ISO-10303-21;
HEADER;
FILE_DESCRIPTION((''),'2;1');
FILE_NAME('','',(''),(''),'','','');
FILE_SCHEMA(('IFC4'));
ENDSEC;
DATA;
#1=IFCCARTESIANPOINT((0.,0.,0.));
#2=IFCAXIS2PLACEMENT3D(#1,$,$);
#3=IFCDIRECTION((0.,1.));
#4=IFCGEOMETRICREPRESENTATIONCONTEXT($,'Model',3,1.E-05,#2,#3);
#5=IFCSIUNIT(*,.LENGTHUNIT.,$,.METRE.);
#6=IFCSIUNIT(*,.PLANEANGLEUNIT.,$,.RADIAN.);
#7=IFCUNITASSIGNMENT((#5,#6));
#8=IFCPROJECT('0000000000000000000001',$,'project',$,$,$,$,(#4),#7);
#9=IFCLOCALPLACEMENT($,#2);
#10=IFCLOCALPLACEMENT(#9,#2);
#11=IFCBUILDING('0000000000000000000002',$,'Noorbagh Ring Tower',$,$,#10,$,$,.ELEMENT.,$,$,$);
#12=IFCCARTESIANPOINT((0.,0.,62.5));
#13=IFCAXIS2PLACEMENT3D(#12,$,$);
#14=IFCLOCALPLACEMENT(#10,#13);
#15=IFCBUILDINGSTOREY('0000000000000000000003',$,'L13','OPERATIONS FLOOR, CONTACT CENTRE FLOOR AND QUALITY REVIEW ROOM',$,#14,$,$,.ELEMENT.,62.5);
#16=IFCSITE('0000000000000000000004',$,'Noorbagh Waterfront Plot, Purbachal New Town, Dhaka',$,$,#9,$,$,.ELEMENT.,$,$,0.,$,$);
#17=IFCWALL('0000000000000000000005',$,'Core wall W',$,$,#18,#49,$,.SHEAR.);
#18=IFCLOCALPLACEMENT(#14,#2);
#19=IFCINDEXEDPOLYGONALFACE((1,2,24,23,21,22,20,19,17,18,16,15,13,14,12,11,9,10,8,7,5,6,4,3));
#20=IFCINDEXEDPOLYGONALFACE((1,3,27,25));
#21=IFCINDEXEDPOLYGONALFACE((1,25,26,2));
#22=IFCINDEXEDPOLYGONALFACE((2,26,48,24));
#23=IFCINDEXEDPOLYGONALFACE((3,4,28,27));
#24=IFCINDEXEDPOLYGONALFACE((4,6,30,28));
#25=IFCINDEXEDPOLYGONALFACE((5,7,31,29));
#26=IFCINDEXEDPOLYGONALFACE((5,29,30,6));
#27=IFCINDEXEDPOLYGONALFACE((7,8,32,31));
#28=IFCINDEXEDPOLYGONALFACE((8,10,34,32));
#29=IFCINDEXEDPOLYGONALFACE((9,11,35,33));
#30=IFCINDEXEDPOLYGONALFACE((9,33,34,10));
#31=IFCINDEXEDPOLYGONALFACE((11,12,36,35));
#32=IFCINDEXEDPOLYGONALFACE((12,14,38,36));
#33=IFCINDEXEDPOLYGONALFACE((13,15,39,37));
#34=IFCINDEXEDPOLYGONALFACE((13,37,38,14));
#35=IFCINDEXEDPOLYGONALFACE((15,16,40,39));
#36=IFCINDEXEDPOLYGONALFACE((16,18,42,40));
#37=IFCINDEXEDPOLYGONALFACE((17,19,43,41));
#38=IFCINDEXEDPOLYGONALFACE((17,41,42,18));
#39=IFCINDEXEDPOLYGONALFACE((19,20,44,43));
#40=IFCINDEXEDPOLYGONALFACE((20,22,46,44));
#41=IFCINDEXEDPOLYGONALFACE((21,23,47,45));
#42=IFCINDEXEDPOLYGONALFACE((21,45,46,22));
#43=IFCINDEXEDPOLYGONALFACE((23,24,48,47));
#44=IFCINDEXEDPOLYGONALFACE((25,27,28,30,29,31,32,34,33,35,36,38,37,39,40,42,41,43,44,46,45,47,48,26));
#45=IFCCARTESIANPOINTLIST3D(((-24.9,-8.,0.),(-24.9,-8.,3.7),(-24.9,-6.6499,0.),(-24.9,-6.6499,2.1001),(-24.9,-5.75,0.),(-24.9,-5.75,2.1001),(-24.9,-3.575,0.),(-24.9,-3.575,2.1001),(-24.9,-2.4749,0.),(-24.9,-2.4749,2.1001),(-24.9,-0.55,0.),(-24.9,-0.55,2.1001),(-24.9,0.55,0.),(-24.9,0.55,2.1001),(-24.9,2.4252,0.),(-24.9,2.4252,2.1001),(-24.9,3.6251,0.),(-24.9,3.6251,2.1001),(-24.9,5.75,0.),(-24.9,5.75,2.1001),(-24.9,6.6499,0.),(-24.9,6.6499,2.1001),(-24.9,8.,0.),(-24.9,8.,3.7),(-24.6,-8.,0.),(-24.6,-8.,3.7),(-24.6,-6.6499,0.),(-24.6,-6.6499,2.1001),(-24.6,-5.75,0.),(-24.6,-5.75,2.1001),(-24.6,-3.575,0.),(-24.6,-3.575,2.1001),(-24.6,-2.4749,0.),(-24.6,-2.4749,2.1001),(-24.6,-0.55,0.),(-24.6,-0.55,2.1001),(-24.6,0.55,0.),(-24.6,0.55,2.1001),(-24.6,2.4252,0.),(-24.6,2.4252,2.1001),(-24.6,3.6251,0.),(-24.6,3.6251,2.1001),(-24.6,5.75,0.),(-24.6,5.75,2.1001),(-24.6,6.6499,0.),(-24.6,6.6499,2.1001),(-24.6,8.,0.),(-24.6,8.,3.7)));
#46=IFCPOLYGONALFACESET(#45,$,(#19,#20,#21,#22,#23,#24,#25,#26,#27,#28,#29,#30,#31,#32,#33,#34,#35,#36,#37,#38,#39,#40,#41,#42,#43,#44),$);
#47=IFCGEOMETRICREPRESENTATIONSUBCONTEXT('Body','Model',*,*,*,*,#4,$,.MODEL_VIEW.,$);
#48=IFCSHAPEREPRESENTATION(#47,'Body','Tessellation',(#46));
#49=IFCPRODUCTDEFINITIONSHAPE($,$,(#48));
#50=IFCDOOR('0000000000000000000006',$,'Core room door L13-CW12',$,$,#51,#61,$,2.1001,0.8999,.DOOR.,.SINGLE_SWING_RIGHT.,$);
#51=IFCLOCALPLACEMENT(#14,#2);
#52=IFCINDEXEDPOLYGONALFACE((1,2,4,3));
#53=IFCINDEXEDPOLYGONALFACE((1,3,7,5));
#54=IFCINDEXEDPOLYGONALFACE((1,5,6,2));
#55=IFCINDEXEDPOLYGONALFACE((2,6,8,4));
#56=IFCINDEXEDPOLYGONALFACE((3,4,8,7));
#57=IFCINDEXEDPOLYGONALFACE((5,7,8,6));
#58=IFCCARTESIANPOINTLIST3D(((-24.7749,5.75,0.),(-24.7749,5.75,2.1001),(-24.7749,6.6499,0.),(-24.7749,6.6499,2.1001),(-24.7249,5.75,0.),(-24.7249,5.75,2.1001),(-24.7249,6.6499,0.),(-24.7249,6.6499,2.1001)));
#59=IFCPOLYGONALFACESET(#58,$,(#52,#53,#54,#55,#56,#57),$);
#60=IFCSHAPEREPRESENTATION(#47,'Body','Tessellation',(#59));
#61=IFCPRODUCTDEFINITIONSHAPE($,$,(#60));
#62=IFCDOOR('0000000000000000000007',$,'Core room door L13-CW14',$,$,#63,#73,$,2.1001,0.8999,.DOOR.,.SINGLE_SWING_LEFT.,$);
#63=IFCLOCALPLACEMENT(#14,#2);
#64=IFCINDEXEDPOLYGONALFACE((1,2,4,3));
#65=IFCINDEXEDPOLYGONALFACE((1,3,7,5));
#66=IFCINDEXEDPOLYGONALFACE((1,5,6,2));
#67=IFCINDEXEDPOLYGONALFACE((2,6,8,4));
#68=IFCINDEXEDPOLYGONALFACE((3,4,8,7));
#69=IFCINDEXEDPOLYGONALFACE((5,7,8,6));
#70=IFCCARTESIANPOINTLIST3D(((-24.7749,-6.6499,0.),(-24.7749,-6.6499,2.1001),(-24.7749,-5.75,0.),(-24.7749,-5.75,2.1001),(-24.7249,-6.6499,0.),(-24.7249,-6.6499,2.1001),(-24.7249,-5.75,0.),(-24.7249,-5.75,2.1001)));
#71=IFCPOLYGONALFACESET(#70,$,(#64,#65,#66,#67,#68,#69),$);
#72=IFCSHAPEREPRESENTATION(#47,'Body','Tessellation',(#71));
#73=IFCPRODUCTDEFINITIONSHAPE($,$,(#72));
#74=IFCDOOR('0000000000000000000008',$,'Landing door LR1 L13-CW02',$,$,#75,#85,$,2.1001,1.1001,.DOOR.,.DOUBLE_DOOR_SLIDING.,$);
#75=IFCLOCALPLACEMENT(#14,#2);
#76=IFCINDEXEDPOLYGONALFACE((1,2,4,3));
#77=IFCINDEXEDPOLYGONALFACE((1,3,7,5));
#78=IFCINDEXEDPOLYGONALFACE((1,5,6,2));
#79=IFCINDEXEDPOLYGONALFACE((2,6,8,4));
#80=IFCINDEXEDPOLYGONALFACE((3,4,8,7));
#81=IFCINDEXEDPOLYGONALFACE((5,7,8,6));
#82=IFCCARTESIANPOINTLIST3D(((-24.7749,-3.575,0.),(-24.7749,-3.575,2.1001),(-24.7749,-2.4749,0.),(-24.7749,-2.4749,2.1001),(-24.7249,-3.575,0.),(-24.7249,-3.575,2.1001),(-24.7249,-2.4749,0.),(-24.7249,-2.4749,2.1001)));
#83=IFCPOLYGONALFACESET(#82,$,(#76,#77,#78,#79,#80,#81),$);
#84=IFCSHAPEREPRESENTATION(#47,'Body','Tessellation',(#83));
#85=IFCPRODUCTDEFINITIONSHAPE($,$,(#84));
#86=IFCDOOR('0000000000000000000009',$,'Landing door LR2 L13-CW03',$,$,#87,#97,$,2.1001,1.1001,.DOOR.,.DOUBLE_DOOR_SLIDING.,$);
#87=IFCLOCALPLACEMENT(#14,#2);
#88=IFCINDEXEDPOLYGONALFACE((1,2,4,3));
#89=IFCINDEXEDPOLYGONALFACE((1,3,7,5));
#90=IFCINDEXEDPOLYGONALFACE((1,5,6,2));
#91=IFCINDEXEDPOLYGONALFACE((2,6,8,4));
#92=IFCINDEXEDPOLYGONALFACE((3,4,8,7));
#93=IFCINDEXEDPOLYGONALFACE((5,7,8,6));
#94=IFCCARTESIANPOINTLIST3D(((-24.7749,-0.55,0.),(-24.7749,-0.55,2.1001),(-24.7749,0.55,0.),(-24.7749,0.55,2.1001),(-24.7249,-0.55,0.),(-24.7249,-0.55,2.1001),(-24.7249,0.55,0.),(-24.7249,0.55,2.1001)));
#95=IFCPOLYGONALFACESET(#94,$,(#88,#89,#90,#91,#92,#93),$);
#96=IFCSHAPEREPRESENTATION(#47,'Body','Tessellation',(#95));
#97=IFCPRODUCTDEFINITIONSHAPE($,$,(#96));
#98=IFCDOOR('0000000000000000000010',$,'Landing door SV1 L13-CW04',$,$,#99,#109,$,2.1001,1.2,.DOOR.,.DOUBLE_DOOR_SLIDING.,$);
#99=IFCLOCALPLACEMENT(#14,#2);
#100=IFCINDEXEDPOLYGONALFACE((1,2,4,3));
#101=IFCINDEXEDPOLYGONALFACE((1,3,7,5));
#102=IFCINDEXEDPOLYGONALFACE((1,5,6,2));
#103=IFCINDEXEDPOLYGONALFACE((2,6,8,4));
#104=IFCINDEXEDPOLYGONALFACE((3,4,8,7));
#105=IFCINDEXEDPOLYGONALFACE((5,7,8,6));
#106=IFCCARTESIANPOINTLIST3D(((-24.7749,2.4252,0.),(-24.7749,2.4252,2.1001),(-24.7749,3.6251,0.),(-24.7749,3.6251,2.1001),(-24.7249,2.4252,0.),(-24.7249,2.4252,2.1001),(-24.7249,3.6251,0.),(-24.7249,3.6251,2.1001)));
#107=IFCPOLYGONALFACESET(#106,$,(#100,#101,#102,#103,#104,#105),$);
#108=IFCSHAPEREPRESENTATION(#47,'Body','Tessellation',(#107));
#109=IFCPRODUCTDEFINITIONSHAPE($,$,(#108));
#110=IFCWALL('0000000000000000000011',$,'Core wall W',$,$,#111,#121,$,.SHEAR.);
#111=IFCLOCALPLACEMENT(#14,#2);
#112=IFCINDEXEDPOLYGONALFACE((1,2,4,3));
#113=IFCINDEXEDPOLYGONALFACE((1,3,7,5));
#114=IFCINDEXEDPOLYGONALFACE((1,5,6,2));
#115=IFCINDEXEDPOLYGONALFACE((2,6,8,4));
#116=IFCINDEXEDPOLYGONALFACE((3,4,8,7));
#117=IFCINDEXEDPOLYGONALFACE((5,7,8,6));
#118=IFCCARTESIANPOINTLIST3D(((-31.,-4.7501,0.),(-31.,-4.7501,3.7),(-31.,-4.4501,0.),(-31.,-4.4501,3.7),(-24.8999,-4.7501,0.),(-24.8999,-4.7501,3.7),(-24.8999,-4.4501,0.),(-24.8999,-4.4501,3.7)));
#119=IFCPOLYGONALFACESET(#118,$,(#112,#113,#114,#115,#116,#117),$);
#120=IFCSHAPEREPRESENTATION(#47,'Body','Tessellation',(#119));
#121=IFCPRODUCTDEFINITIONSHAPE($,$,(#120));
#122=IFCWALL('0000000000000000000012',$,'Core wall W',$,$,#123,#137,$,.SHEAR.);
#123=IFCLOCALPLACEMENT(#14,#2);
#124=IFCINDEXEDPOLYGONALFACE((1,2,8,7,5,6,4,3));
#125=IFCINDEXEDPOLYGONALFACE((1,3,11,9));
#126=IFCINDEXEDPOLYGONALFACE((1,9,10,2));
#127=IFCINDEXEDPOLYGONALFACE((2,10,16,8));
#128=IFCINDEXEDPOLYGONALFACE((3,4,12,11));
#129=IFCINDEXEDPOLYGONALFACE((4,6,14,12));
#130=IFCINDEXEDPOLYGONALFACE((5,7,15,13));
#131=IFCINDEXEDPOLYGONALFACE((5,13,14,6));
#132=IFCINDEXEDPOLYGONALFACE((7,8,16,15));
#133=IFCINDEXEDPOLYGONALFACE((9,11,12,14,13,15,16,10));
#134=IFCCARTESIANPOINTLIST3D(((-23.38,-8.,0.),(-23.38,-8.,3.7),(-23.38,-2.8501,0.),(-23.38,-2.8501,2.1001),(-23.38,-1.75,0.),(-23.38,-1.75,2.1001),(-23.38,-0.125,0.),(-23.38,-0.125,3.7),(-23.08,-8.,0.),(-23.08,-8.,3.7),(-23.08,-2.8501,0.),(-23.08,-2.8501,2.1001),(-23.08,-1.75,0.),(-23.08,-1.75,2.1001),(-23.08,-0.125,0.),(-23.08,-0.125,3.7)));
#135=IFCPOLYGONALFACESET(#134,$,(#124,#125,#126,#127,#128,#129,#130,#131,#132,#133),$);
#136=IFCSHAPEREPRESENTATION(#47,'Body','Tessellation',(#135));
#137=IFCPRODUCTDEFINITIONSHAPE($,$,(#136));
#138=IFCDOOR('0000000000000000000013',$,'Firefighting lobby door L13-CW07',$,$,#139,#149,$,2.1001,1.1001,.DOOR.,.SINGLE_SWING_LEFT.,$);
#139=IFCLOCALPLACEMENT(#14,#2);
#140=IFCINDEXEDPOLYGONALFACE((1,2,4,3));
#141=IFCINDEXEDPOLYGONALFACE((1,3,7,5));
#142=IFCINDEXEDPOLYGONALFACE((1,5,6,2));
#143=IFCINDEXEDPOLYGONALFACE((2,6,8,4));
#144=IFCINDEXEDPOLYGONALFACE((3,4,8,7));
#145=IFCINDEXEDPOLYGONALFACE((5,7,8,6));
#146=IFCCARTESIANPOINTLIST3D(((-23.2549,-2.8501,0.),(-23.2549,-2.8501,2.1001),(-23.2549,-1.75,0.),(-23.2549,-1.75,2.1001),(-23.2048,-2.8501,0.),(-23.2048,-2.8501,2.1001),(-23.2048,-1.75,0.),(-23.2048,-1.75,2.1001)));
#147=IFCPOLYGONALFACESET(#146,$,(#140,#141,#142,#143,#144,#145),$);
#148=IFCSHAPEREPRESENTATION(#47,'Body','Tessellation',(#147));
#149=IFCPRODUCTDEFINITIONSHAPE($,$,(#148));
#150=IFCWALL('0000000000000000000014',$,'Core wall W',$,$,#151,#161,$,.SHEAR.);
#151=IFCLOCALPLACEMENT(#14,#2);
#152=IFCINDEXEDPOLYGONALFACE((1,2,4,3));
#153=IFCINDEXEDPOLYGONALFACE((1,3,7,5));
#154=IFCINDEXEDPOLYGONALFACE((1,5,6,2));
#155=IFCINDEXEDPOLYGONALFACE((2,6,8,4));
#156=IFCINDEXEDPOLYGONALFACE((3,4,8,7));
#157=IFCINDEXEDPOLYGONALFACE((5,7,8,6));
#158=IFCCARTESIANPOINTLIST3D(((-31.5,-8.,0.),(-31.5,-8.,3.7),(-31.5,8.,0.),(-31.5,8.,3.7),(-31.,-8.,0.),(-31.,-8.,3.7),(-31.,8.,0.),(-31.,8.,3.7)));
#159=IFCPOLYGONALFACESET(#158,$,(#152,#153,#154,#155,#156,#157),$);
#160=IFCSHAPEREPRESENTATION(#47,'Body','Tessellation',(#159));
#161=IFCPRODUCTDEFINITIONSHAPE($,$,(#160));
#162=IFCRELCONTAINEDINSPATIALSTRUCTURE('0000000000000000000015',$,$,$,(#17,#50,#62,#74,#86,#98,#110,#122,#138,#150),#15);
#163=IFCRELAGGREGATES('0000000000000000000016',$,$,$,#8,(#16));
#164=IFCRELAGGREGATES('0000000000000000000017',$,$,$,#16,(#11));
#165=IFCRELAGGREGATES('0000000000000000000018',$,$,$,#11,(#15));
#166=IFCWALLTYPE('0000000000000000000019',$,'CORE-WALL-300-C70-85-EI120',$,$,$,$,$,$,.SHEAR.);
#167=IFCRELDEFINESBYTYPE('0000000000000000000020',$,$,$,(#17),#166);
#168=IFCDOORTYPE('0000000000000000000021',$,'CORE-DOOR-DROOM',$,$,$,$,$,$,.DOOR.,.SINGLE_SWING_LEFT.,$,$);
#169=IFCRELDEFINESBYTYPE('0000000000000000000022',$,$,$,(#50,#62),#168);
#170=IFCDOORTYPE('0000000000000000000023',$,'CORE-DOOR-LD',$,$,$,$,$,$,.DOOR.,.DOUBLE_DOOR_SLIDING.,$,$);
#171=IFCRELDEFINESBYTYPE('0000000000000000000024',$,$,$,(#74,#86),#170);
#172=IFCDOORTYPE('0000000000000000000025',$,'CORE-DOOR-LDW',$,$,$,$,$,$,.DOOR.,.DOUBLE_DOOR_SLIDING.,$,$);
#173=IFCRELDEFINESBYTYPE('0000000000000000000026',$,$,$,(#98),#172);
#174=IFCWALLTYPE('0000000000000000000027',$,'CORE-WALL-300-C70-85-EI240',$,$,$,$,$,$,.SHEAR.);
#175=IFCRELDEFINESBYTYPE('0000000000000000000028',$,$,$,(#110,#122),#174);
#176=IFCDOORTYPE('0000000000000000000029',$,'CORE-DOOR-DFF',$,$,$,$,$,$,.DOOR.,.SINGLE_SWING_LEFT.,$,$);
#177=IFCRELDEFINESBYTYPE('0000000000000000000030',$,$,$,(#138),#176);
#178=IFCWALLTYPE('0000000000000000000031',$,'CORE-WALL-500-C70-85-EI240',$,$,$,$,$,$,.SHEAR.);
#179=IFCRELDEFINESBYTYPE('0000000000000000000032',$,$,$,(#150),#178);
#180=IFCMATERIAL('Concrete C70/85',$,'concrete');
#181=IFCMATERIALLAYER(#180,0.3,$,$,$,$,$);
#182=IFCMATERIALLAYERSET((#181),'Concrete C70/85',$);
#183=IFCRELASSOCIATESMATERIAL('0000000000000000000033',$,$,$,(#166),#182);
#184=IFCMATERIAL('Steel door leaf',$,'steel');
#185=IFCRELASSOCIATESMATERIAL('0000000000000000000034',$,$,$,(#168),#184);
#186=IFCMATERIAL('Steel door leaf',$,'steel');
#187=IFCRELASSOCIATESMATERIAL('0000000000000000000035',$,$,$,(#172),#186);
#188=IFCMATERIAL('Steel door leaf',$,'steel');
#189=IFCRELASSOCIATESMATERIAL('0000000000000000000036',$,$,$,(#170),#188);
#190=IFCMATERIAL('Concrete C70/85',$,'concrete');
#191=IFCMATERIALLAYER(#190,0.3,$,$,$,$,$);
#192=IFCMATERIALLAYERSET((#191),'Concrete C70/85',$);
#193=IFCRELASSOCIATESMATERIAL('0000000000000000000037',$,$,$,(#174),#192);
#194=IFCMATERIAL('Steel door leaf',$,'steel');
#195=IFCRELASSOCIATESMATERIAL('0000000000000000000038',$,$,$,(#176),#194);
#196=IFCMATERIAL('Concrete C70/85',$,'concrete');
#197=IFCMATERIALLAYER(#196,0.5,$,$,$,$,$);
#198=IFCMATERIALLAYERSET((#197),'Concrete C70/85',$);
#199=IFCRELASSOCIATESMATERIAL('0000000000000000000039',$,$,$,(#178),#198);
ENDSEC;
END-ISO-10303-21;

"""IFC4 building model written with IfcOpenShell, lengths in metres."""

from ifc_helpers import new_model, si_unit, direction, frame, frame_2d, origin, place, context, subcontext, project, spatial, rectangle, extrude, material, layer, layer_set, type_object, element, fill, save


model = new_model("IFC4")

# Units and contexts
model_context = context("Model", 3, precision=1e-05, world=origin(), true_north=direction((0.0, 1.0)))
body_context = subcontext(model_context, "Body", "Model", "MODEL_VIEW")
ifc_project = project(units=[si_unit("LENGTHUNIT", "METRE"), si_unit("PLANEANGLEUNIT", "RADIAN")], contexts=[model_context])

# Site, building, storey
site_placement = place(None, origin())
site = spatial("IfcSite", under=ifc_project, at=site_placement, Name="Noorbagh Waterfront Plot, Purbachal New Town, Dhaka", CompositionType="ELEMENT", RefElevation=0.0)
building_placement = place(site_placement, origin())
building = spatial("IfcBuilding", under=site, at=building_placement, Name="Noorbagh Ring Tower", CompositionType="ELEMENT")
storey_placement = place(building_placement, frame((0.0, 0.0, 62.5)))
storey = spatial("IfcBuildingStorey", under=building, at=storey_placement, Name="L13", Description="OPERATIONS FLOOR, CONTACT CENTRE FLOOR AND QUALITY REVIEW ROOM", CompositionType="ELEMENT", Elevation=62.5)

# Shared definitions
ifc_material_1 = material(Name="Concrete C70/85", Category="concrete")
ifc_layer_1 = layer(ifc_material_1, 0.3)
ifc_layer_set_1 = layer_set([ifc_layer_1], Name="Concrete C70/85")
wall_type_1 = type_object("IfcWallType", Name="CORE-WALL-300-C70-85-EI120", PredefinedType="SHEAR", material=ifc_layer_set_1)

# Wall, openings, doors
ifc_material_2 = material(Name="Steel door leaf", Category="steel")
door_type_1 = type_object("IfcDoorType", Name="CORE-DOOR-DROOM", OperationType="SINGLE_SWING_LEFT", PredefinedType="DOOR", material=ifc_material_2)
ifc_material_3 = material(Name="Steel door leaf", Category="steel")
door_type_2 = type_object("IfcDoorType", Name="CORE-DOOR-LDW", OperationType="DOUBLE_DOOR_SLIDING", PredefinedType="DOOR", material=ifc_material_3)
wall_1_placement = place(storey_placement, frame((-24.75, -8.0, 0.0), z_axis=(0.0, 0.0, 1.0), x_axis=(0.0, 1.0, 0.0)))
wall_1 = element("IfcWall", 1, at=wall_1_placement, inside=storey, type_object=wall_type_1, Name="Core wall W", PredefinedType="SHEAR", context=body_context, shape_type="SweptSolid", body=[
    extrude(rectangle(XDim=16.0, YDim=0.3, at=frame_2d((8.0, 0.0))), origin(), (0.0, 0.0, 1.0), 3.7),
])
opening_1_placement = place(wall_1_placement, frame((4.425, 0.0, 0.0)))
opening_1 = element("IfcOpeningElement", 2, at=opening_1_placement, cuts=wall_1, PredefinedType="OPENING", context=body_context, shape_type="SweptSolid", body=[
    extrude(rectangle(XDim=1.1001, YDim=2.1001, at=frame_2d((0.55, 1.05))), frame((0.0, 0.1602, 0.0), z_axis=(0.0, -1.0, 0.0), x_axis=(1.0, 0.0, 0.0)), (0.0, 0.0, 1.0), 0.3201),
])
opening_2_placement = place(wall_1_placement, frame((7.45, 0.0, 0.0)))
opening_2 = element("IfcOpeningElement", 3, at=opening_2_placement, cuts=wall_1, PredefinedType="OPENING", context=body_context, shape_type="SweptSolid", body=[
    extrude(rectangle(XDim=1.1001, YDim=2.1001, at=frame_2d((0.55, 1.05))), frame((0.0, 0.1602, 0.0), z_axis=(0.0, -1.0, 0.0), x_axis=(1.0, 0.0, 0.0)), (0.0, 0.0, 1.0), 0.3201),
])
opening_3_placement = place(wall_1_placement, frame((10.425, 0.0, 0.0)))
opening_3 = element("IfcOpeningElement", 4, at=opening_3_placement, cuts=wall_1, PredefinedType="OPENING", context=body_context, shape_type="SweptSolid", body=[
    extrude(rectangle(XDim=1.2, YDim=2.1001, at=frame_2d((0.6001, 1.05))), frame((0.0, 0.1602, 0.0), z_axis=(0.0, -1.0, 0.0), x_axis=(1.0, 0.0, 0.0)), (0.0, 0.0, 1.0), 0.3201),
])
opening_4_placement = place(wall_1_placement, frame((13.75, 0.0, 0.0)))
opening_4 = element("IfcOpeningElement", 5, at=opening_4_placement, cuts=wall_1, PredefinedType="OPENING", context=body_context, shape_type="SweptSolid", body=[
    extrude(rectangle(XDim=0.8999, YDim=2.1001, at=frame_2d((0.45, 1.05))), frame((0.0, 0.1602, 0.0), z_axis=(0.0, -1.0, 0.0), x_axis=(1.0, 0.0, 0.0)), (0.0, 0.0, 1.0), 0.3201),
])
opening_5_placement = place(wall_1_placement, frame((1.3501, 0.0, 0.0)))
opening_5 = element("IfcOpeningElement", 6, at=opening_5_placement, cuts=wall_1, PredefinedType="OPENING", context=body_context, shape_type="SweptSolid", body=[
    extrude(rectangle(XDim=0.8999, YDim=2.1001, at=frame_2d((0.45, 1.05))), frame((0.0, 0.1602, 0.0), z_axis=(0.0, -1.0, 0.0), x_axis=(1.0, 0.0, 0.0)), (0.0, 0.0, 1.0), 0.3201),
])
door_1_placement = place(opening_4_placement, origin())
door_1 = element("IfcDoor", 7, at=door_1_placement, inside=storey, type_object=door_type_1, Name="Core room door L13-CW12", OperationType="SINGLE_SWING_RIGHT", OverallHeight=2.1001, OverallWidth=0.8999, PredefinedType="DOOR", context=body_context, shape_type="SweptSolid", body=[
    extrude(rectangle(XDim=0.8999, YDim=2.1001, at=frame_2d((0.45, 1.05))), frame((0.0, 0.0249, 0.0), z_axis=(0.0, -1.0, 0.0), x_axis=(1.0, 0.0, 0.0)), (0.0, 0.0, 1.0), 0.05),
])
fill(opening_4, door_1)
door_2_placement = place(opening_5_placement, origin())
door_2 = element("IfcDoor", 8, at=door_2_placement, inside=storey, type_object=door_type_1, Name="Core room door L13-CW14", OperationType="SINGLE_SWING_LEFT", OverallHeight=2.1001, OverallWidth=0.8999, PredefinedType="DOOR", context=body_context, shape_type="SweptSolid", body=[
    extrude(rectangle(XDim=0.8999, YDim=2.1001, at=frame_2d((0.45, 1.05))), frame((0.0, 0.0249, 0.0), z_axis=(0.0, -1.0, 0.0), x_axis=(1.0, 0.0, 0.0)), (0.0, 0.0, 1.0), 0.05),
])
fill(opening_5, door_2)
ifc_material_4 = material(Name="Steel door leaf", Category="steel")
door_type_3 = type_object("IfcDoorType", Name="CORE-DOOR-LD", OperationType="DOUBLE_DOOR_SLIDING", PredefinedType="DOOR", material=ifc_material_4)
door_3_placement = place(opening_1_placement, origin())
door_3 = element("IfcDoor", 9, at=door_3_placement, inside=storey, type_object=door_type_3, Name="Landing door LR1 L13-CW02", OperationType="DOUBLE_DOOR_SLIDING", OverallHeight=2.1001, OverallWidth=1.1001, PredefinedType="DOOR", context=body_context, shape_type="SweptSolid", body=[
    extrude(rectangle(XDim=1.1001, YDim=2.1001, at=frame_2d((0.55, 1.05))), frame((0.0, 0.0249, 0.0), z_axis=(0.0, -1.0, 0.0), x_axis=(1.0, 0.0, 0.0)), (0.0, 0.0, 1.0), 0.05),
])
fill(opening_1, door_3)
door_4_placement = place(opening_2_placement, origin())
door_4 = element("IfcDoor", 10, at=door_4_placement, inside=storey, type_object=door_type_3, Name="Landing door LR2 L13-CW03", OperationType="DOUBLE_DOOR_SLIDING", OverallHeight=2.1001, OverallWidth=1.1001, PredefinedType="DOOR", context=body_context, shape_type="SweptSolid", body=[
    extrude(rectangle(XDim=1.1001, YDim=2.1001, at=frame_2d((0.55, 1.05))), frame((0.0, 0.0249, 0.0), z_axis=(0.0, -1.0, 0.0), x_axis=(1.0, 0.0, 0.0)), (0.0, 0.0, 1.0), 0.05),
])
fill(opening_2, door_4)
door_5_placement = place(opening_3_placement, origin())
door_5 = element("IfcDoor", 11, at=door_5_placement, inside=storey, type_object=door_type_2, Name="Landing door SV1 L13-CW04", OperationType="DOUBLE_DOOR_SLIDING", OverallHeight=2.1001, OverallWidth=1.2, PredefinedType="DOOR", context=body_context, shape_type="SweptSolid", body=[
    extrude(rectangle(XDim=1.2, YDim=2.1001, at=frame_2d((0.6001, 1.05))), frame((0.0, 0.0249, 0.0), z_axis=(0.0, -1.0, 0.0), x_axis=(1.0, 0.0, 0.0)), (0.0, 0.0, 1.0), 0.05),
])
fill(opening_3, door_5)

# Wall
ifc_material_5 = material(Name="Concrete C70/85", Category="concrete")
ifc_layer_2 = layer(ifc_material_5, 0.3)
ifc_layer_set_2 = layer_set([ifc_layer_2], Name="Concrete C70/85")
wall_type_2 = type_object("IfcWallType", Name="CORE-WALL-300-C70-85-EI240", PredefinedType="SHEAR", material=ifc_layer_set_2)
wall_2_placement = place(storey_placement, frame((-24.8999, -4.6001, 0.0), z_axis=(0.0, 0.0, 1.0), x_axis=(-1.0, 0.0, 0.0)))
element("IfcWall", 12, at=wall_2_placement, inside=storey, type_object=wall_type_2, Name="Core wall W", PredefinedType="SHEAR", context=body_context, shape_type="SweptSolid", body=[
    extrude(rectangle(XDim=6.1001, YDim=0.3, at=frame_2d((3.05, 0.0))), origin(), (0.0, 0.0, 1.0), 3.7),
])

# Wall, opening, door
wall_3_placement = place(storey_placement, frame((-23.23, -8.0, 0.0), z_axis=(0.0, 0.0, 1.0), x_axis=(0.0, 1.0, 0.0)))
wall_3 = element("IfcWall", 13, at=wall_3_placement, inside=storey, type_object=wall_type_2, Name="Core wall W", PredefinedType="SHEAR", context=body_context, shape_type="SweptSolid", body=[
    extrude(rectangle(XDim=7.875, YDim=0.3, at=frame_2d((3.9375, 0.0))), origin(), (0.0, 0.0, 1.0), 3.7),
])
opening_6_placement = place(wall_3_placement, frame((5.1499, 0.0, 0.0)))
opening_6 = element("IfcOpeningElement", 14, at=opening_6_placement, cuts=wall_3, PredefinedType="OPENING", context=body_context, shape_type="SweptSolid", body=[
    extrude(rectangle(XDim=1.1001, YDim=2.1001, at=frame_2d((0.55, 1.05))), frame((0.0, 0.1602, 0.0), z_axis=(0.0, -1.0, 0.0), x_axis=(1.0, 0.0, 0.0)), (0.0, 0.0, 1.0), 0.3201),
])
ifc_material_6 = material(Name="Steel door leaf", Category="steel")
door_type_4 = type_object("IfcDoorType", Name="CORE-DOOR-DFF", OperationType="SINGLE_SWING_LEFT", PredefinedType="DOOR", material=ifc_material_6)
door_6_placement = place(opening_6_placement, origin())
door_6 = element("IfcDoor", 15, at=door_6_placement, inside=storey, type_object=door_type_4, Name="Firefighting lobby door L13-CW07", OperationType="SINGLE_SWING_LEFT", OverallHeight=2.1001, OverallWidth=1.1001, PredefinedType="DOOR", context=body_context, shape_type="SweptSolid", body=[
    extrude(rectangle(XDim=1.1001, YDim=2.1001, at=frame_2d((0.55, 1.05))), frame((0.0, 0.0249, 0.0), z_axis=(0.0, -1.0, 0.0), x_axis=(1.0, 0.0, 0.0)), (0.0, 0.0, 1.0), 0.05),
])
fill(opening_6, door_6)

# Wall
ifc_material_7 = material(Name="Concrete C70/85", Category="concrete")
ifc_layer_3 = layer(ifc_material_7, 0.5)
ifc_layer_set_3 = layer_set([ifc_layer_3], Name="Concrete C70/85")
wall_type_3 = type_object("IfcWallType", Name="CORE-WALL-500-C70-85-EI240", PredefinedType="SHEAR", material=ifc_layer_set_3)
wall_4_placement = place(storey_placement, frame((-31.25, -8.0, 0.0), z_axis=(0.0, 0.0, 1.0), x_axis=(0.0, 1.0, 0.0)))
element("IfcWall", 16, at=wall_4_placement, inside=storey, type_object=wall_type_3, Name="Core wall W", PredefinedType="SHEAR", context=body_context, shape_type="SweptSolid", body=[
    extrude(rectangle(XDim=16.0, YDim=0.5, at=frame_2d((8.0, 0.0))), origin(), (0.0, 0.0, 1.0), 3.7),
])

save(model, "model.ifc")
